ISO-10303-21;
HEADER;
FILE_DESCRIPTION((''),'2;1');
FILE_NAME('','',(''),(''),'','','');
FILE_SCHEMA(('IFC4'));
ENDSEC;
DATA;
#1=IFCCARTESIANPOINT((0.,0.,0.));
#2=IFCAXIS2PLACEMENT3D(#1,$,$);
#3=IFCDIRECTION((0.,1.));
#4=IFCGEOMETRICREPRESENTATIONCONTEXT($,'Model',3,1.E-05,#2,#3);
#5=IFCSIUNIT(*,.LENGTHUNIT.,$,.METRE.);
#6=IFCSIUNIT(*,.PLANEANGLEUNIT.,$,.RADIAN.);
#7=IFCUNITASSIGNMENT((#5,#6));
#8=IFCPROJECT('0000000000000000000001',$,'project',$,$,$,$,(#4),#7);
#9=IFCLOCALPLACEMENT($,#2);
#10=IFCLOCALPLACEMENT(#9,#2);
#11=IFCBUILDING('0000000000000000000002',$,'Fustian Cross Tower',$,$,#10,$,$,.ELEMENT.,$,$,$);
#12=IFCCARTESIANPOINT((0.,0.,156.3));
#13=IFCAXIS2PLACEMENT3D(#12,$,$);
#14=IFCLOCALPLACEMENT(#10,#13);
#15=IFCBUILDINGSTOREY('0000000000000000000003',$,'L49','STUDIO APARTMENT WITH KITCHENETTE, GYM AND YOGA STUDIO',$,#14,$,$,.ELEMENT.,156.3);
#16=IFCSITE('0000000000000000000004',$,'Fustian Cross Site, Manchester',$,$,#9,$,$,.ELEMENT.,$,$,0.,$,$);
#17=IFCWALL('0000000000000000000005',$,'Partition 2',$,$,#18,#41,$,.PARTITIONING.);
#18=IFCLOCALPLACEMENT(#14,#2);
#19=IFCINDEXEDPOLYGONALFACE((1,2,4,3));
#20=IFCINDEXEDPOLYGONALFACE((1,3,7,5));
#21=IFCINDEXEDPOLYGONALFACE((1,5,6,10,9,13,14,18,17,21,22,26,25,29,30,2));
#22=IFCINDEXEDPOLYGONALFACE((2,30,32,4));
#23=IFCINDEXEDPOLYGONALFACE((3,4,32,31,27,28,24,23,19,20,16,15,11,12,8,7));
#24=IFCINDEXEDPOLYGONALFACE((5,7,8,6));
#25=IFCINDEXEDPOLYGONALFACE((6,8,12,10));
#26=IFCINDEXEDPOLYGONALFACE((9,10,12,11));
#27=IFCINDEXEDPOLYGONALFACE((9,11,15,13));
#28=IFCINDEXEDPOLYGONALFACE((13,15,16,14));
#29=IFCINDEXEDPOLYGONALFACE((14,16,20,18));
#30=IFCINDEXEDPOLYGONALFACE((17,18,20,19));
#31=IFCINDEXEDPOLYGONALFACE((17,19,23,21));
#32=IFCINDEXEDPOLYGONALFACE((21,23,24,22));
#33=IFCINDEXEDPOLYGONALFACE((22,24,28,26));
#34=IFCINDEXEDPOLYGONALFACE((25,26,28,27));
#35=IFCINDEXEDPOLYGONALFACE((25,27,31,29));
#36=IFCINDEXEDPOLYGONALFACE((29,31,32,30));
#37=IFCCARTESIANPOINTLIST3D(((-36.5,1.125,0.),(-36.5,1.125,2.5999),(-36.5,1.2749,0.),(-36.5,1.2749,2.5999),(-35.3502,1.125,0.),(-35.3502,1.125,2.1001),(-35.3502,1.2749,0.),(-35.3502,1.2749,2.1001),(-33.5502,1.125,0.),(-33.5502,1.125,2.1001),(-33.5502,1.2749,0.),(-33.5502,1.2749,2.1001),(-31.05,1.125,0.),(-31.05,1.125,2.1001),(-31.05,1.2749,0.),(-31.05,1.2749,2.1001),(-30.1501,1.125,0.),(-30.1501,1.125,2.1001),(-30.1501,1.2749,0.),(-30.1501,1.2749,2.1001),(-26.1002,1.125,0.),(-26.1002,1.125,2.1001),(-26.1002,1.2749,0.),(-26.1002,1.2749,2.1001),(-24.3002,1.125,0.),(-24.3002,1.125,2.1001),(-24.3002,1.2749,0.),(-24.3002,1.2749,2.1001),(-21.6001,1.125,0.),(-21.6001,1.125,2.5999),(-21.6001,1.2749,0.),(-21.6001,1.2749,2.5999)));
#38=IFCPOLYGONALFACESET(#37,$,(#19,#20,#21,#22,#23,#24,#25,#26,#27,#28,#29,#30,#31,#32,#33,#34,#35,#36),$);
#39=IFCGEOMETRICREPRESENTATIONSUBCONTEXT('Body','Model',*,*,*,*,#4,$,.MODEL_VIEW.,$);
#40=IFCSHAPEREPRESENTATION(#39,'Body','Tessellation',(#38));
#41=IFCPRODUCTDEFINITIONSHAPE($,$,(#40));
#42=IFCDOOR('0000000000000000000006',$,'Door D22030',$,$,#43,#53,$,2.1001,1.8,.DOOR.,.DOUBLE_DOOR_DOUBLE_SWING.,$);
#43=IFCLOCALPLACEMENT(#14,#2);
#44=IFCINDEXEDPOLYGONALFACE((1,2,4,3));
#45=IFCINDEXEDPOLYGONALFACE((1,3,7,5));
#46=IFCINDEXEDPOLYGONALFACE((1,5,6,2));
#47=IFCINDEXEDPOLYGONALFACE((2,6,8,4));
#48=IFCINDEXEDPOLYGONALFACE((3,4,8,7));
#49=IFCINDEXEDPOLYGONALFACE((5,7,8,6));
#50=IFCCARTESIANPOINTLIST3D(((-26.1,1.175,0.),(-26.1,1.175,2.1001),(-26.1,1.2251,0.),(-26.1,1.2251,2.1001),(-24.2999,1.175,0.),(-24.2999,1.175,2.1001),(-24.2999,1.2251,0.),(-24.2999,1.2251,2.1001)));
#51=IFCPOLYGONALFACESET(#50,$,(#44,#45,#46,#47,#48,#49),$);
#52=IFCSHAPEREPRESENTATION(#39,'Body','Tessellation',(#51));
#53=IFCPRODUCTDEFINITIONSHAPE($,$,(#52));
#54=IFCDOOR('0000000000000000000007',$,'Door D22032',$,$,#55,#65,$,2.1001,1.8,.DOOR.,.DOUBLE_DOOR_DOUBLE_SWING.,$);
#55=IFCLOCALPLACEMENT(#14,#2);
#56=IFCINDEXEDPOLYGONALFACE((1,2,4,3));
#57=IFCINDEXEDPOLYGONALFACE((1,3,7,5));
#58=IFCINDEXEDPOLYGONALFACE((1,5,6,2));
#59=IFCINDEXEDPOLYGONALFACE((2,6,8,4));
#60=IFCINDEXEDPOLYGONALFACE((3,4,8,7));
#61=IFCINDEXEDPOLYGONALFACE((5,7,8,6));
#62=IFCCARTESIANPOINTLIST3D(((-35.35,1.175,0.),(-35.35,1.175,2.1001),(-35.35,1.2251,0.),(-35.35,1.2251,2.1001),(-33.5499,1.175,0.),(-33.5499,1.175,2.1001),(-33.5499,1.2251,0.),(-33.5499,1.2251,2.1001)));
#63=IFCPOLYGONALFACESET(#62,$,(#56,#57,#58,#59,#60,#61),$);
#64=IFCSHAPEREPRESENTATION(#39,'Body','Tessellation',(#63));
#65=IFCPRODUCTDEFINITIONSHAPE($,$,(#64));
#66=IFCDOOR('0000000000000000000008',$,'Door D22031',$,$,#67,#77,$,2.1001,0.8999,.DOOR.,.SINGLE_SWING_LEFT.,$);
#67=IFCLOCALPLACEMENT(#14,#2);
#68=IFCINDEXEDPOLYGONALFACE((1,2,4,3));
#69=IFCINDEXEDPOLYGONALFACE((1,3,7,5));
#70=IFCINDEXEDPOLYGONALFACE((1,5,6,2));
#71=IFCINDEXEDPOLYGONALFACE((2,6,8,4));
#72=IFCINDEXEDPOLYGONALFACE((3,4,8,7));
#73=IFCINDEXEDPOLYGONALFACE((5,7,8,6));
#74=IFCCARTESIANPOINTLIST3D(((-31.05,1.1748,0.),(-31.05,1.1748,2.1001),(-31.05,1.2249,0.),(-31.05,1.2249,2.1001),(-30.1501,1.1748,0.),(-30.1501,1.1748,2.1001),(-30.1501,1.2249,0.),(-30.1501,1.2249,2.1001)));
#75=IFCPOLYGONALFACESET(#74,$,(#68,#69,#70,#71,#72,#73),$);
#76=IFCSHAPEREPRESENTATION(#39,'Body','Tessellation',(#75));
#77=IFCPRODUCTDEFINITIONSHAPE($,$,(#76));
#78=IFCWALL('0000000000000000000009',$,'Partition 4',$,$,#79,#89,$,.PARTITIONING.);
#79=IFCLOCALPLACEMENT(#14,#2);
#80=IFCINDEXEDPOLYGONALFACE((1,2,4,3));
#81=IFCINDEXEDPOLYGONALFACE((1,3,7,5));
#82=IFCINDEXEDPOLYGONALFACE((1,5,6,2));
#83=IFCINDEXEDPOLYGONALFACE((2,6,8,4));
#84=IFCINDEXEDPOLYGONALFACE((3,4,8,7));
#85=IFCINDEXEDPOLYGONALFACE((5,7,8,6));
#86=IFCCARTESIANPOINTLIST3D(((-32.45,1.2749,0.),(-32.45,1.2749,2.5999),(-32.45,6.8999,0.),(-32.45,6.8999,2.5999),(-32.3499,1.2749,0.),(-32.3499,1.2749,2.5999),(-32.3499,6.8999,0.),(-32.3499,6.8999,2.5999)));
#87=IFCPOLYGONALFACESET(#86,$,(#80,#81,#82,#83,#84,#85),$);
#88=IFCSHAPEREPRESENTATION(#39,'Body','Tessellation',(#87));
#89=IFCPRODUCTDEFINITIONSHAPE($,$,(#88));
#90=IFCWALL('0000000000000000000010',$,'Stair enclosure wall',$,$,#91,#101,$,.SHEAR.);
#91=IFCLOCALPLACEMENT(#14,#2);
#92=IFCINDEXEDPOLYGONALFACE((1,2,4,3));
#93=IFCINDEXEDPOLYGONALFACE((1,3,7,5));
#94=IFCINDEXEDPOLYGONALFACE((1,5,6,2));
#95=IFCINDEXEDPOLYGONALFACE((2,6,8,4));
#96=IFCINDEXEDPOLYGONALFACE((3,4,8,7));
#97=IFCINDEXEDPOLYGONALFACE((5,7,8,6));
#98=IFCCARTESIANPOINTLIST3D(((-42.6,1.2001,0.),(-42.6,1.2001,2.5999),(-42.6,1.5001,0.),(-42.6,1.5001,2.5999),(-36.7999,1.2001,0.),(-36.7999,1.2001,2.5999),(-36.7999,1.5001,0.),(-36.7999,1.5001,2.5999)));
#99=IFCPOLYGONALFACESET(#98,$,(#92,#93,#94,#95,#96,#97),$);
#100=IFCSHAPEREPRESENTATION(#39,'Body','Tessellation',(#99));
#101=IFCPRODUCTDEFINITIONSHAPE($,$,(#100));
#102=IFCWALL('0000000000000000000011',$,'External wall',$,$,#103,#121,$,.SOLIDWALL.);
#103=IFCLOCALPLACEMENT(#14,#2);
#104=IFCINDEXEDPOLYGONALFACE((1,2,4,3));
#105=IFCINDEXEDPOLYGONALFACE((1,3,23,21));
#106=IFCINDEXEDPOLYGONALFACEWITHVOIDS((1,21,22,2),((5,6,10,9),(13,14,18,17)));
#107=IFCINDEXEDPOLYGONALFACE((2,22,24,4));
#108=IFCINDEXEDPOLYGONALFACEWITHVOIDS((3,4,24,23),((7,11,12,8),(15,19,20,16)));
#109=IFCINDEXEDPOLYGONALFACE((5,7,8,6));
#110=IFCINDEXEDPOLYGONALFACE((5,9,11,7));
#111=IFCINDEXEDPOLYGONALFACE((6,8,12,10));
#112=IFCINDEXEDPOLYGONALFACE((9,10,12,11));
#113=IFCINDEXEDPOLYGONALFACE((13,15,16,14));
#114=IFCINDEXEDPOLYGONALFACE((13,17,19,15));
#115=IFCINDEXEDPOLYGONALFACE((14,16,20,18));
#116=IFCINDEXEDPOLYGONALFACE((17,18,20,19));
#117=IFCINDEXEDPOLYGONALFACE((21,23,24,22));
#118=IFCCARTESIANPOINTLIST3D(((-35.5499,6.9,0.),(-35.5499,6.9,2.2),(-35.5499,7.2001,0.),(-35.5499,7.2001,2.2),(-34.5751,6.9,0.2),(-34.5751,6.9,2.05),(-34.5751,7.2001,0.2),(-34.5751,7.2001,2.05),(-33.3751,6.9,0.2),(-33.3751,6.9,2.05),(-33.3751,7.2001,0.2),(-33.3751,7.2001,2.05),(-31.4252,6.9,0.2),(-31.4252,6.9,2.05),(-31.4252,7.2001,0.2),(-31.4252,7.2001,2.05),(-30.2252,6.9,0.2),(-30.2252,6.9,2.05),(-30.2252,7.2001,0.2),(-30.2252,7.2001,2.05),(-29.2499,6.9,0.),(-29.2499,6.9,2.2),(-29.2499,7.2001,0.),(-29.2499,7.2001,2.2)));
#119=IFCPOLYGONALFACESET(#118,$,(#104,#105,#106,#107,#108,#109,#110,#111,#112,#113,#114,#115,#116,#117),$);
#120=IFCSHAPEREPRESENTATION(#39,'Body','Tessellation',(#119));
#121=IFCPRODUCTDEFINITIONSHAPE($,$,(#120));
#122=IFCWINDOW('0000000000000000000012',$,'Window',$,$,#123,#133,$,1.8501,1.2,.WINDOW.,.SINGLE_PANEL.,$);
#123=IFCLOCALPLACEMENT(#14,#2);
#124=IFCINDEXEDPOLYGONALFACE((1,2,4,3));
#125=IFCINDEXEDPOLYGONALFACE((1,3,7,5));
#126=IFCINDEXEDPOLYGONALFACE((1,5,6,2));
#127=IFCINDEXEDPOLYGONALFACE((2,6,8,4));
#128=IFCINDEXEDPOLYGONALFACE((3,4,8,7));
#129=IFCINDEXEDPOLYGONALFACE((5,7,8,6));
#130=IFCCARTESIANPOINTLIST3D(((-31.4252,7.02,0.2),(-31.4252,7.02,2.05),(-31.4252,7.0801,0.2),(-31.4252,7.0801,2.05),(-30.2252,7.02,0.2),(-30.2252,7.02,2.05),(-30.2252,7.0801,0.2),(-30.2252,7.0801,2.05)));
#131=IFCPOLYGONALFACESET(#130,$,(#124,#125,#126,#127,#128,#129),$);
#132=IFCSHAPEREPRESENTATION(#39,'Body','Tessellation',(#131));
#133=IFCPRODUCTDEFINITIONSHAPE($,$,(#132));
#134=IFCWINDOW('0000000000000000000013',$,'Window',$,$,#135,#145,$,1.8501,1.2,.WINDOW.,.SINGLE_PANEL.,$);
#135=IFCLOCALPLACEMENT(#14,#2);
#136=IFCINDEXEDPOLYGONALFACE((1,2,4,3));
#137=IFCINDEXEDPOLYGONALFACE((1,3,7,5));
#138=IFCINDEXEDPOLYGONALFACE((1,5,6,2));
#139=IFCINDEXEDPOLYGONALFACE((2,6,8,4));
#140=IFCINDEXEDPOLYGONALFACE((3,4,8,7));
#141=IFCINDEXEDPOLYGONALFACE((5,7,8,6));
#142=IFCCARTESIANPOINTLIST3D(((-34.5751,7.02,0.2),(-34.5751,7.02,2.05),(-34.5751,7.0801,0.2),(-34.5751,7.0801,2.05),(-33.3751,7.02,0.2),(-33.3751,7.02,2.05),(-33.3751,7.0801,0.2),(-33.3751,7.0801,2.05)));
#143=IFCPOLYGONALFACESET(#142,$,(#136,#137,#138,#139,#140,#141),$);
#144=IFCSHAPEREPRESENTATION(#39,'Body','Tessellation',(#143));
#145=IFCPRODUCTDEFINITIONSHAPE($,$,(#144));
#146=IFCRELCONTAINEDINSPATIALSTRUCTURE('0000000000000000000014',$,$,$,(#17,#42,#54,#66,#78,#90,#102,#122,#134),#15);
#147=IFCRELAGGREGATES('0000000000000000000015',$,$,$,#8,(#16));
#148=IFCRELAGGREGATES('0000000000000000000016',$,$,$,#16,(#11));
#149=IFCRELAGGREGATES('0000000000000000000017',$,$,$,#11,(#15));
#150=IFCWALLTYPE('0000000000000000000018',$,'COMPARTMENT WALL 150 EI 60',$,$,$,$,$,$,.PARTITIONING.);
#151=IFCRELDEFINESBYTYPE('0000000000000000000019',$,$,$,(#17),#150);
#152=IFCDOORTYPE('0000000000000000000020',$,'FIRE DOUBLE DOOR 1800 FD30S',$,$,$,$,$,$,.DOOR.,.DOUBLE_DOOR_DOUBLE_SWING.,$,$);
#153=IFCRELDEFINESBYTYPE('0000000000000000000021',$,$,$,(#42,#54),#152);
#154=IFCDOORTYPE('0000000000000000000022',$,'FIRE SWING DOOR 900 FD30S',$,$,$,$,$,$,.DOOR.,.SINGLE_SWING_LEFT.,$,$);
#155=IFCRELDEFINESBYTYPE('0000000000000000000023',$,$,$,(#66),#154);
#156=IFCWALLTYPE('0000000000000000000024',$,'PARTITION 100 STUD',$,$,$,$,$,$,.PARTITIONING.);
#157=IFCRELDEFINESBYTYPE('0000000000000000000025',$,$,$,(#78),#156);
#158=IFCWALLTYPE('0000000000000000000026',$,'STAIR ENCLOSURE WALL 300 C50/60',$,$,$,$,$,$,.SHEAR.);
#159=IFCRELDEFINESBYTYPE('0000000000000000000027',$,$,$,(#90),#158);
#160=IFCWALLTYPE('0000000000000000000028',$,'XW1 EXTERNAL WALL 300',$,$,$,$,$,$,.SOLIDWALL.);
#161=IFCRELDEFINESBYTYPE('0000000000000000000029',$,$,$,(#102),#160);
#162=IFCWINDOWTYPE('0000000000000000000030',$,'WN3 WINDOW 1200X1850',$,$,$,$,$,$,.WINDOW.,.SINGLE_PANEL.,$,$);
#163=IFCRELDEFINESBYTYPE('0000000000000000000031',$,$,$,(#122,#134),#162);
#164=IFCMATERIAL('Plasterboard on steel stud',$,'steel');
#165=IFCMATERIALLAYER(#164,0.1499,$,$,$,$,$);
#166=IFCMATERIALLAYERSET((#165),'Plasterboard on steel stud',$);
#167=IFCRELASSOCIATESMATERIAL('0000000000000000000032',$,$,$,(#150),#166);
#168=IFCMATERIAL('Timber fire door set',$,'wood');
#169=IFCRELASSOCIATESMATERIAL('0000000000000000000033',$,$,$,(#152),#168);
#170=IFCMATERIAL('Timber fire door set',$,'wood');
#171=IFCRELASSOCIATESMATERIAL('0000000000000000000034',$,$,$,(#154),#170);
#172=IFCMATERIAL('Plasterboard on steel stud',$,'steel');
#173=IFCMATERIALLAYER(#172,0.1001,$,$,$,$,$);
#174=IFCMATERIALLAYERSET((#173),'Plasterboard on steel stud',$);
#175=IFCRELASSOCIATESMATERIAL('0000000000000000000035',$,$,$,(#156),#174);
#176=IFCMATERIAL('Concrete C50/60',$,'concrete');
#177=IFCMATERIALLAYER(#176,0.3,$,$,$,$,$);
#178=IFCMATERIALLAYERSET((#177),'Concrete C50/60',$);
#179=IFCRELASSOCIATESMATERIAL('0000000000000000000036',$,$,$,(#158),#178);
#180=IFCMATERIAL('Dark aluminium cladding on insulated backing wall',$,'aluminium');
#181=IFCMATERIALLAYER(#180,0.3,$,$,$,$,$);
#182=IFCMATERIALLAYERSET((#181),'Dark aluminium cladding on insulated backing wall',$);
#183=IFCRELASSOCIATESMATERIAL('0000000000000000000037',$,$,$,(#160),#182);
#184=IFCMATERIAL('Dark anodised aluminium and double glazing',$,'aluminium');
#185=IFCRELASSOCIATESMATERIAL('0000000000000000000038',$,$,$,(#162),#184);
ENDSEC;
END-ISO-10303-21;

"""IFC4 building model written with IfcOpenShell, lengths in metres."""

from ifc_helpers import new_model, si_unit, direction, frame, frame_2d, origin, place, context, subcontext, project, spatial, rectangle, extrude, material, layer, layer_set, type_object, element, fill, save


model = new_model("IFC4")

# Units and contexts
model_context = context("Model", 3, precision=1e-05, world=origin(), true_north=direction((0.0, 1.0)))
body_context = subcontext(model_context, "Body", "Model", "MODEL_VIEW")
ifc_project = project(units=[si_unit("LENGTHUNIT", "METRE"), si_unit("PLANEANGLEUNIT", "RADIAN")], contexts=[model_context])

# Site, building, storey
site_placement = place(None, origin())
site = spatial("IfcSite", under=ifc_project, at=site_placement, Name="Fustian Cross Site, Manchester", CompositionType="ELEMENT", RefElevation=0.0)
building_placement = place(site_placement, origin())
building = spatial("IfcBuilding", under=site, at=building_placement, Name="Fustian Cross Tower", CompositionType="ELEMENT")
storey_placement = place(building_placement, frame((0.0, 0.0, 156.3)))
storey = spatial("IfcBuildingStorey", under=building, at=storey_placement, Name="L49", Description="STUDIO APARTMENT WITH KITCHENETTE, GYM AND YOGA STUDIO", CompositionType="ELEMENT", Elevation=156.3)

# Wall, openings, doors
ifc_material_1 = material(Name="Plasterboard on steel stud", Category="steel")
ifc_layer_1 = layer(ifc_material_1, 0.1499)
ifc_layer_set_1 = layer_set([ifc_layer_1], Name="Plasterboard on steel stud")
wall_type_1 = type_object("IfcWallType", Name="COMPARTMENT WALL 150 EI 60", PredefinedType="PARTITIONING", material=ifc_layer_set_1)
ifc_material_2 = material(Name="Timber fire door set", Category="wood")
door_type_1 = type_object("IfcDoorType", Name="FIRE DOUBLE DOOR 1800 FD30S", OperationType="DOUBLE_DOOR_DOUBLE_SWING", PredefinedType="DOOR", material=ifc_material_2)
wall_1_placement = place(storey_placement, frame((-36.5, 1.2, 0.0), z_axis=(0.0, 0.0, 1.0), x_axis=(1.0, 0.0, 0.0)))
wall_1 = element("IfcWall", 1, at=wall_1_placement, inside=storey, type_object=wall_type_1, Name="Partition 2", PredefinedType="PARTITIONING", context=body_context, shape_type="SweptSolid", body=[
    extrude(rectangle(XDim=14.8999, YDim=0.1499, at=frame_2d((7.45, 0.0))), origin(), (0.0, 0.0, 1.0), 2.5999),
])
opening_1_placement = place(wall_1_placement, frame((10.3999, 0.0, 0.0)))
opening_1 = element("IfcOpeningElement", 2, at=opening_1_placement, cuts=wall_1, PredefinedType="OPENING", context=body_context, shape_type="SweptSolid", body=[
    extrude(rectangle(XDim=1.8, YDim=2.1001, at=frame_2d((0.8999, 1.05))), frame((0.0, 0.085, 0.0), z_axis=(0.0, -1.0, 0.0), x_axis=(1.0, 0.0, 0.0)), (0.0, 0.0, 1.0), 0.1699),
])
opening_2_placement = place(wall_1_placement, frame((5.45, 0.0, 0.0)))
opening_2 = element("IfcOpeningElement", 3, at=opening_2_placement, cuts=wall_1, PredefinedType="OPENING", context=body_context, shape_type="SweptSolid", body=[
    extrude(rectangle(XDim=0.8999, YDim=2.1001, at=frame_2d((0.45, 1.05))), frame((0.0, 0.085, 0.0), z_axis=(0.0, -1.0, 0.0), x_axis=(1.0, 0.0, 0.0)), (0.0, 0.0, 1.0), 0.1699),
])
opening_3_placement = place(wall_1_placement, frame((1.1499, 0.0, 0.0)))
opening_3 = element("IfcOpeningElement", 4, at=opening_3_placement, cuts=wall_1, PredefinedType="OPENING", context=body_context, shape_type="SweptSolid", body=[
    extrude(rectangle(XDim=1.8, YDim=2.1001, at=frame_2d((0.8999, 1.05))), frame((0.0, 0.085, 0.0), z_axis=(0.0, -1.0, 0.0), x_axis=(1.0, 0.0, 0.0)), (0.0, 0.0, 1.0), 0.1699),
])
door_1_placement = place(opening_1_placement, frame((1.8, 0.0, 0.0), z_axis=(0.0, 0.0, 1.0), x_axis=(-1.0, 0.0, 0.0)))
door_1 = element("IfcDoor", 5, at=door_1_placement, inside=storey, type_object=door_type_1, Name="Door D22030", OperationType="DOUBLE_DOOR_DOUBLE_SWING", OverallHeight=2.1001, OverallWidth=1.8, PredefinedType="DOOR", context=body_context, shape_type="SweptSolid", body=[
    extrude(rectangle(XDim=1.8, YDim=2.1001, at=frame_2d((0.8999, 1.05))), frame((0.0, 0.0249, 0.0), z_axis=(0.0, -1.0, 0.0), x_axis=(1.0, 0.0, 0.0)), (0.0, 0.0, 1.0), 0.05),
])
fill(opening_1, door_1)
door_2_placement = place(opening_3_placement, frame((1.8, 0.0, 0.0), z_axis=(0.0, 0.0, 1.0), x_axis=(-1.0, 0.0, 0.0)))
door_2 = element("IfcDoor", 6, at=door_2_placement, inside=storey, type_object=door_type_1, Name="Door D22032", OperationType="DOUBLE_DOOR_DOUBLE_SWING", OverallHeight=2.1001, OverallWidth=1.8, PredefinedType="DOOR", context=body_context, shape_type="SweptSolid", body=[
    extrude(rectangle(XDim=1.8, YDim=2.1001, at=frame_2d((0.8999, 1.05))), frame((0.0, 0.0249, 0.0), z_axis=(0.0, -1.0, 0.0), x_axis=(1.0, 0.0, 0.0)), (0.0, 0.0, 1.0), 0.05),
])
fill(opening_3, door_2)
ifc_material_3 = material(Name="Timber fire door set", Category="wood")
door_type_2 = type_object("IfcDoorType", Name="FIRE SWING DOOR 900 FD30S", OperationType="SINGLE_SWING_LEFT", PredefinedType="DOOR", material=ifc_material_3)
door_3_placement = place(opening_2_placement, origin())
door_3 = element("IfcDoor", 7, at=door_3_placement, inside=storey, type_object=door_type_2, Name="Door D22031", OperationType="SINGLE_SWING_LEFT", OverallHeight=2.1001, OverallWidth=0.8999, PredefinedType="DOOR", context=body_context, shape_type="SweptSolid", body=[
    extrude(rectangle(XDim=0.8999, YDim=2.1001, at=frame_2d((0.45, 1.05))), frame((0.0, 0.0249, 0.0), z_axis=(0.0, -1.0, 0.0), x_axis=(1.0, 0.0, 0.0)), (0.0, 0.0, 1.0), 0.05),
])
fill(opening_2, door_3)

# Walls
ifc_material_4 = material(Name="Plasterboard on steel stud", Category="steel")
ifc_layer_2 = layer(ifc_material_4, 0.1001)
ifc_layer_set_2 = layer_set([ifc_layer_2], Name="Plasterboard on steel stud")
wall_type_2 = type_object("IfcWallType", Name="PARTITION 100 STUD", PredefinedType="PARTITIONING", material=ifc_layer_set_2)
wall_2_placement = place(storey_placement, frame((-32.3999, 1.2749, 0.0), z_axis=(0.0, 0.0, 1.0), x_axis=(0.0, 1.0, 0.0)))
element("IfcWall", 8, at=wall_2_placement, inside=storey, type_object=wall_type_2, Name="Partition 4", PredefinedType="PARTITIONING", context=body_context, shape_type="SweptSolid", body=[
    extrude(rectangle(XDim=5.625, YDim=0.1001, at=frame_2d((2.8125, 0.0))), origin(), (0.0, 0.0, 1.0), 2.5999),
])
ifc_material_5 = material(Name="Concrete C50/60", Category="concrete")
ifc_layer_3 = layer(ifc_material_5, 0.3)
ifc_layer_set_3 = layer_set([ifc_layer_3], Name="Concrete C50/60")
wall_type_3 = type_object("IfcWallType", Name="STAIR ENCLOSURE WALL 300 C50/60", PredefinedType="SHEAR", material=ifc_layer_set_3)
wall_3_placement = place(storey_placement, frame((-36.8, 1.3501, 0.0), z_axis=(0.0, 0.0, 1.0), x_axis=(-1.0, 0.0, 0.0)))
element("IfcWall", 9, at=wall_3_placement, inside=storey, type_object=wall_type_3, Name="Stair enclosure wall", PredefinedType="SHEAR", context=body_context, shape_type="SweptSolid", body=[
    extrude(rectangle(XDim=5.8, YDim=0.3, at=frame_2d((2.8999, 0.0))), origin(), (0.0, 0.0, 1.0), 2.5999),
])

# Wall, openings, windows
ifc_material_6 = material(Name="Dark aluminium cladding on insulated backing wall", Category="aluminium")
ifc_layer_4 = layer(ifc_material_6, 0.3)
ifc_layer_set_4 = layer_set([ifc_layer_4], Name="Dark aluminium cladding on insulated backing wall")
wall_type_4 = type_object("IfcWallType", Name="XW1 EXTERNAL WALL 300", PredefinedType="SOLIDWALL", material=ifc_layer_set_4)
wall_4_placement = place(storey_placement, frame((-29.25, 7.05, 0.0), z_axis=(0.0, 0.0, 1.0), x_axis=(-1.0, 0.0, 0.0)))
wall_4 = element("IfcWall", 10, at=wall_4_placement, inside=storey, type_object=wall_type_4, Name="External wall", PredefinedType="SOLIDWALL", context=body_context, shape_type="SweptSolid", body=[
    extrude(rectangle(XDim=6.3, YDim=0.3, at=frame_2d((3.1499, 0.0))), origin(), (0.0, 0.0, 1.0), 2.2),
])
opening_4_placement = place(wall_4_placement, frame((0.9751, 0.0, 0.2)))
opening_4 = element("IfcOpeningElement", 11, at=opening_4_placement, cuts=wall_4, PredefinedType="OPENING", context=body_context, shape_type="SweptSolid", body=[
    extrude(rectangle(XDim=1.2, YDim=1.8501, at=frame_2d((0.6001, 0.925))), frame((0.0, 0.1599, 0.0), z_axis=(0.0, -1.0, 0.0), x_axis=(1.0, 0.0, 0.0)), (0.0, 0.0, 1.0), 0.3201),
])
opening_5_placement = place(wall_4_placement, frame((4.125, 0.0, 0.2)))
opening_5 = element("IfcOpeningElement", 12, at=opening_5_placement, cuts=wall_4, PredefinedType="OPENING", context=body_context, shape_type="SweptSolid", body=[
    extrude(rectangle(XDim=1.2, YDim=1.8501, at=frame_2d((0.6001, 0.925))), frame((0.0, 0.1599, 0.0), z_axis=(0.0, -1.0, 0.0), x_axis=(1.0, 0.0, 0.0)), (0.0, 0.0, 1.0), 0.3201),
])
ifc_material_7 = material(Name="Dark anodised aluminium and double glazing", Category="aluminium")
window_type = type_object("IfcWindowType", Name="WN3 WINDOW 1200X1850", PartitioningType="SINGLE_PANEL", PredefinedType="WINDOW", material=ifc_material_7)
window_1_placement = place(opening_4_placement, origin())
window_1 = element("IfcWindow", 13, at=window_1_placement, inside=storey, type_object=window_type, Name="Window", OverallHeight=1.8501, OverallWidth=1.2, PartitioningType="SINGLE_PANEL", PredefinedType="WINDOW", context=body_context, shape_type="SweptSolid", body=[
    extrude(rectangle(XDim=1.2, YDim=1.8501, at=frame_2d((0.6001, 0.925))), frame((0.0, 0.03, 0.0), z_axis=(0.0, -1.0, 0.0), x_axis=(1.0, 0.0, 0.0)), (0.0, 0.0, 1.0), 0.0601),
])
fill(opening_4, window_1)
window_2_placement = place(opening_5_placement, origin())
window_2 = element("IfcWindow", 14, at=window_2_placement, inside=storey, type_object=window_type, Name="Window", OverallHeight=1.8501, OverallWidth=1.2, PartitioningType="SINGLE_PANEL", PredefinedType="WINDOW", context=body_context, shape_type="SweptSolid", body=[
    extrude(rectangle(XDim=1.2, YDim=1.8501, at=frame_2d((0.6001, 0.925))), frame((0.0, 0.03, 0.0), z_axis=(0.0, -1.0, 0.0), x_axis=(1.0, 0.0, 0.0)), (0.0, 0.0, 1.0), 0.0601),
])
fill(opening_5, window_2)

save(model, "model.ifc")
